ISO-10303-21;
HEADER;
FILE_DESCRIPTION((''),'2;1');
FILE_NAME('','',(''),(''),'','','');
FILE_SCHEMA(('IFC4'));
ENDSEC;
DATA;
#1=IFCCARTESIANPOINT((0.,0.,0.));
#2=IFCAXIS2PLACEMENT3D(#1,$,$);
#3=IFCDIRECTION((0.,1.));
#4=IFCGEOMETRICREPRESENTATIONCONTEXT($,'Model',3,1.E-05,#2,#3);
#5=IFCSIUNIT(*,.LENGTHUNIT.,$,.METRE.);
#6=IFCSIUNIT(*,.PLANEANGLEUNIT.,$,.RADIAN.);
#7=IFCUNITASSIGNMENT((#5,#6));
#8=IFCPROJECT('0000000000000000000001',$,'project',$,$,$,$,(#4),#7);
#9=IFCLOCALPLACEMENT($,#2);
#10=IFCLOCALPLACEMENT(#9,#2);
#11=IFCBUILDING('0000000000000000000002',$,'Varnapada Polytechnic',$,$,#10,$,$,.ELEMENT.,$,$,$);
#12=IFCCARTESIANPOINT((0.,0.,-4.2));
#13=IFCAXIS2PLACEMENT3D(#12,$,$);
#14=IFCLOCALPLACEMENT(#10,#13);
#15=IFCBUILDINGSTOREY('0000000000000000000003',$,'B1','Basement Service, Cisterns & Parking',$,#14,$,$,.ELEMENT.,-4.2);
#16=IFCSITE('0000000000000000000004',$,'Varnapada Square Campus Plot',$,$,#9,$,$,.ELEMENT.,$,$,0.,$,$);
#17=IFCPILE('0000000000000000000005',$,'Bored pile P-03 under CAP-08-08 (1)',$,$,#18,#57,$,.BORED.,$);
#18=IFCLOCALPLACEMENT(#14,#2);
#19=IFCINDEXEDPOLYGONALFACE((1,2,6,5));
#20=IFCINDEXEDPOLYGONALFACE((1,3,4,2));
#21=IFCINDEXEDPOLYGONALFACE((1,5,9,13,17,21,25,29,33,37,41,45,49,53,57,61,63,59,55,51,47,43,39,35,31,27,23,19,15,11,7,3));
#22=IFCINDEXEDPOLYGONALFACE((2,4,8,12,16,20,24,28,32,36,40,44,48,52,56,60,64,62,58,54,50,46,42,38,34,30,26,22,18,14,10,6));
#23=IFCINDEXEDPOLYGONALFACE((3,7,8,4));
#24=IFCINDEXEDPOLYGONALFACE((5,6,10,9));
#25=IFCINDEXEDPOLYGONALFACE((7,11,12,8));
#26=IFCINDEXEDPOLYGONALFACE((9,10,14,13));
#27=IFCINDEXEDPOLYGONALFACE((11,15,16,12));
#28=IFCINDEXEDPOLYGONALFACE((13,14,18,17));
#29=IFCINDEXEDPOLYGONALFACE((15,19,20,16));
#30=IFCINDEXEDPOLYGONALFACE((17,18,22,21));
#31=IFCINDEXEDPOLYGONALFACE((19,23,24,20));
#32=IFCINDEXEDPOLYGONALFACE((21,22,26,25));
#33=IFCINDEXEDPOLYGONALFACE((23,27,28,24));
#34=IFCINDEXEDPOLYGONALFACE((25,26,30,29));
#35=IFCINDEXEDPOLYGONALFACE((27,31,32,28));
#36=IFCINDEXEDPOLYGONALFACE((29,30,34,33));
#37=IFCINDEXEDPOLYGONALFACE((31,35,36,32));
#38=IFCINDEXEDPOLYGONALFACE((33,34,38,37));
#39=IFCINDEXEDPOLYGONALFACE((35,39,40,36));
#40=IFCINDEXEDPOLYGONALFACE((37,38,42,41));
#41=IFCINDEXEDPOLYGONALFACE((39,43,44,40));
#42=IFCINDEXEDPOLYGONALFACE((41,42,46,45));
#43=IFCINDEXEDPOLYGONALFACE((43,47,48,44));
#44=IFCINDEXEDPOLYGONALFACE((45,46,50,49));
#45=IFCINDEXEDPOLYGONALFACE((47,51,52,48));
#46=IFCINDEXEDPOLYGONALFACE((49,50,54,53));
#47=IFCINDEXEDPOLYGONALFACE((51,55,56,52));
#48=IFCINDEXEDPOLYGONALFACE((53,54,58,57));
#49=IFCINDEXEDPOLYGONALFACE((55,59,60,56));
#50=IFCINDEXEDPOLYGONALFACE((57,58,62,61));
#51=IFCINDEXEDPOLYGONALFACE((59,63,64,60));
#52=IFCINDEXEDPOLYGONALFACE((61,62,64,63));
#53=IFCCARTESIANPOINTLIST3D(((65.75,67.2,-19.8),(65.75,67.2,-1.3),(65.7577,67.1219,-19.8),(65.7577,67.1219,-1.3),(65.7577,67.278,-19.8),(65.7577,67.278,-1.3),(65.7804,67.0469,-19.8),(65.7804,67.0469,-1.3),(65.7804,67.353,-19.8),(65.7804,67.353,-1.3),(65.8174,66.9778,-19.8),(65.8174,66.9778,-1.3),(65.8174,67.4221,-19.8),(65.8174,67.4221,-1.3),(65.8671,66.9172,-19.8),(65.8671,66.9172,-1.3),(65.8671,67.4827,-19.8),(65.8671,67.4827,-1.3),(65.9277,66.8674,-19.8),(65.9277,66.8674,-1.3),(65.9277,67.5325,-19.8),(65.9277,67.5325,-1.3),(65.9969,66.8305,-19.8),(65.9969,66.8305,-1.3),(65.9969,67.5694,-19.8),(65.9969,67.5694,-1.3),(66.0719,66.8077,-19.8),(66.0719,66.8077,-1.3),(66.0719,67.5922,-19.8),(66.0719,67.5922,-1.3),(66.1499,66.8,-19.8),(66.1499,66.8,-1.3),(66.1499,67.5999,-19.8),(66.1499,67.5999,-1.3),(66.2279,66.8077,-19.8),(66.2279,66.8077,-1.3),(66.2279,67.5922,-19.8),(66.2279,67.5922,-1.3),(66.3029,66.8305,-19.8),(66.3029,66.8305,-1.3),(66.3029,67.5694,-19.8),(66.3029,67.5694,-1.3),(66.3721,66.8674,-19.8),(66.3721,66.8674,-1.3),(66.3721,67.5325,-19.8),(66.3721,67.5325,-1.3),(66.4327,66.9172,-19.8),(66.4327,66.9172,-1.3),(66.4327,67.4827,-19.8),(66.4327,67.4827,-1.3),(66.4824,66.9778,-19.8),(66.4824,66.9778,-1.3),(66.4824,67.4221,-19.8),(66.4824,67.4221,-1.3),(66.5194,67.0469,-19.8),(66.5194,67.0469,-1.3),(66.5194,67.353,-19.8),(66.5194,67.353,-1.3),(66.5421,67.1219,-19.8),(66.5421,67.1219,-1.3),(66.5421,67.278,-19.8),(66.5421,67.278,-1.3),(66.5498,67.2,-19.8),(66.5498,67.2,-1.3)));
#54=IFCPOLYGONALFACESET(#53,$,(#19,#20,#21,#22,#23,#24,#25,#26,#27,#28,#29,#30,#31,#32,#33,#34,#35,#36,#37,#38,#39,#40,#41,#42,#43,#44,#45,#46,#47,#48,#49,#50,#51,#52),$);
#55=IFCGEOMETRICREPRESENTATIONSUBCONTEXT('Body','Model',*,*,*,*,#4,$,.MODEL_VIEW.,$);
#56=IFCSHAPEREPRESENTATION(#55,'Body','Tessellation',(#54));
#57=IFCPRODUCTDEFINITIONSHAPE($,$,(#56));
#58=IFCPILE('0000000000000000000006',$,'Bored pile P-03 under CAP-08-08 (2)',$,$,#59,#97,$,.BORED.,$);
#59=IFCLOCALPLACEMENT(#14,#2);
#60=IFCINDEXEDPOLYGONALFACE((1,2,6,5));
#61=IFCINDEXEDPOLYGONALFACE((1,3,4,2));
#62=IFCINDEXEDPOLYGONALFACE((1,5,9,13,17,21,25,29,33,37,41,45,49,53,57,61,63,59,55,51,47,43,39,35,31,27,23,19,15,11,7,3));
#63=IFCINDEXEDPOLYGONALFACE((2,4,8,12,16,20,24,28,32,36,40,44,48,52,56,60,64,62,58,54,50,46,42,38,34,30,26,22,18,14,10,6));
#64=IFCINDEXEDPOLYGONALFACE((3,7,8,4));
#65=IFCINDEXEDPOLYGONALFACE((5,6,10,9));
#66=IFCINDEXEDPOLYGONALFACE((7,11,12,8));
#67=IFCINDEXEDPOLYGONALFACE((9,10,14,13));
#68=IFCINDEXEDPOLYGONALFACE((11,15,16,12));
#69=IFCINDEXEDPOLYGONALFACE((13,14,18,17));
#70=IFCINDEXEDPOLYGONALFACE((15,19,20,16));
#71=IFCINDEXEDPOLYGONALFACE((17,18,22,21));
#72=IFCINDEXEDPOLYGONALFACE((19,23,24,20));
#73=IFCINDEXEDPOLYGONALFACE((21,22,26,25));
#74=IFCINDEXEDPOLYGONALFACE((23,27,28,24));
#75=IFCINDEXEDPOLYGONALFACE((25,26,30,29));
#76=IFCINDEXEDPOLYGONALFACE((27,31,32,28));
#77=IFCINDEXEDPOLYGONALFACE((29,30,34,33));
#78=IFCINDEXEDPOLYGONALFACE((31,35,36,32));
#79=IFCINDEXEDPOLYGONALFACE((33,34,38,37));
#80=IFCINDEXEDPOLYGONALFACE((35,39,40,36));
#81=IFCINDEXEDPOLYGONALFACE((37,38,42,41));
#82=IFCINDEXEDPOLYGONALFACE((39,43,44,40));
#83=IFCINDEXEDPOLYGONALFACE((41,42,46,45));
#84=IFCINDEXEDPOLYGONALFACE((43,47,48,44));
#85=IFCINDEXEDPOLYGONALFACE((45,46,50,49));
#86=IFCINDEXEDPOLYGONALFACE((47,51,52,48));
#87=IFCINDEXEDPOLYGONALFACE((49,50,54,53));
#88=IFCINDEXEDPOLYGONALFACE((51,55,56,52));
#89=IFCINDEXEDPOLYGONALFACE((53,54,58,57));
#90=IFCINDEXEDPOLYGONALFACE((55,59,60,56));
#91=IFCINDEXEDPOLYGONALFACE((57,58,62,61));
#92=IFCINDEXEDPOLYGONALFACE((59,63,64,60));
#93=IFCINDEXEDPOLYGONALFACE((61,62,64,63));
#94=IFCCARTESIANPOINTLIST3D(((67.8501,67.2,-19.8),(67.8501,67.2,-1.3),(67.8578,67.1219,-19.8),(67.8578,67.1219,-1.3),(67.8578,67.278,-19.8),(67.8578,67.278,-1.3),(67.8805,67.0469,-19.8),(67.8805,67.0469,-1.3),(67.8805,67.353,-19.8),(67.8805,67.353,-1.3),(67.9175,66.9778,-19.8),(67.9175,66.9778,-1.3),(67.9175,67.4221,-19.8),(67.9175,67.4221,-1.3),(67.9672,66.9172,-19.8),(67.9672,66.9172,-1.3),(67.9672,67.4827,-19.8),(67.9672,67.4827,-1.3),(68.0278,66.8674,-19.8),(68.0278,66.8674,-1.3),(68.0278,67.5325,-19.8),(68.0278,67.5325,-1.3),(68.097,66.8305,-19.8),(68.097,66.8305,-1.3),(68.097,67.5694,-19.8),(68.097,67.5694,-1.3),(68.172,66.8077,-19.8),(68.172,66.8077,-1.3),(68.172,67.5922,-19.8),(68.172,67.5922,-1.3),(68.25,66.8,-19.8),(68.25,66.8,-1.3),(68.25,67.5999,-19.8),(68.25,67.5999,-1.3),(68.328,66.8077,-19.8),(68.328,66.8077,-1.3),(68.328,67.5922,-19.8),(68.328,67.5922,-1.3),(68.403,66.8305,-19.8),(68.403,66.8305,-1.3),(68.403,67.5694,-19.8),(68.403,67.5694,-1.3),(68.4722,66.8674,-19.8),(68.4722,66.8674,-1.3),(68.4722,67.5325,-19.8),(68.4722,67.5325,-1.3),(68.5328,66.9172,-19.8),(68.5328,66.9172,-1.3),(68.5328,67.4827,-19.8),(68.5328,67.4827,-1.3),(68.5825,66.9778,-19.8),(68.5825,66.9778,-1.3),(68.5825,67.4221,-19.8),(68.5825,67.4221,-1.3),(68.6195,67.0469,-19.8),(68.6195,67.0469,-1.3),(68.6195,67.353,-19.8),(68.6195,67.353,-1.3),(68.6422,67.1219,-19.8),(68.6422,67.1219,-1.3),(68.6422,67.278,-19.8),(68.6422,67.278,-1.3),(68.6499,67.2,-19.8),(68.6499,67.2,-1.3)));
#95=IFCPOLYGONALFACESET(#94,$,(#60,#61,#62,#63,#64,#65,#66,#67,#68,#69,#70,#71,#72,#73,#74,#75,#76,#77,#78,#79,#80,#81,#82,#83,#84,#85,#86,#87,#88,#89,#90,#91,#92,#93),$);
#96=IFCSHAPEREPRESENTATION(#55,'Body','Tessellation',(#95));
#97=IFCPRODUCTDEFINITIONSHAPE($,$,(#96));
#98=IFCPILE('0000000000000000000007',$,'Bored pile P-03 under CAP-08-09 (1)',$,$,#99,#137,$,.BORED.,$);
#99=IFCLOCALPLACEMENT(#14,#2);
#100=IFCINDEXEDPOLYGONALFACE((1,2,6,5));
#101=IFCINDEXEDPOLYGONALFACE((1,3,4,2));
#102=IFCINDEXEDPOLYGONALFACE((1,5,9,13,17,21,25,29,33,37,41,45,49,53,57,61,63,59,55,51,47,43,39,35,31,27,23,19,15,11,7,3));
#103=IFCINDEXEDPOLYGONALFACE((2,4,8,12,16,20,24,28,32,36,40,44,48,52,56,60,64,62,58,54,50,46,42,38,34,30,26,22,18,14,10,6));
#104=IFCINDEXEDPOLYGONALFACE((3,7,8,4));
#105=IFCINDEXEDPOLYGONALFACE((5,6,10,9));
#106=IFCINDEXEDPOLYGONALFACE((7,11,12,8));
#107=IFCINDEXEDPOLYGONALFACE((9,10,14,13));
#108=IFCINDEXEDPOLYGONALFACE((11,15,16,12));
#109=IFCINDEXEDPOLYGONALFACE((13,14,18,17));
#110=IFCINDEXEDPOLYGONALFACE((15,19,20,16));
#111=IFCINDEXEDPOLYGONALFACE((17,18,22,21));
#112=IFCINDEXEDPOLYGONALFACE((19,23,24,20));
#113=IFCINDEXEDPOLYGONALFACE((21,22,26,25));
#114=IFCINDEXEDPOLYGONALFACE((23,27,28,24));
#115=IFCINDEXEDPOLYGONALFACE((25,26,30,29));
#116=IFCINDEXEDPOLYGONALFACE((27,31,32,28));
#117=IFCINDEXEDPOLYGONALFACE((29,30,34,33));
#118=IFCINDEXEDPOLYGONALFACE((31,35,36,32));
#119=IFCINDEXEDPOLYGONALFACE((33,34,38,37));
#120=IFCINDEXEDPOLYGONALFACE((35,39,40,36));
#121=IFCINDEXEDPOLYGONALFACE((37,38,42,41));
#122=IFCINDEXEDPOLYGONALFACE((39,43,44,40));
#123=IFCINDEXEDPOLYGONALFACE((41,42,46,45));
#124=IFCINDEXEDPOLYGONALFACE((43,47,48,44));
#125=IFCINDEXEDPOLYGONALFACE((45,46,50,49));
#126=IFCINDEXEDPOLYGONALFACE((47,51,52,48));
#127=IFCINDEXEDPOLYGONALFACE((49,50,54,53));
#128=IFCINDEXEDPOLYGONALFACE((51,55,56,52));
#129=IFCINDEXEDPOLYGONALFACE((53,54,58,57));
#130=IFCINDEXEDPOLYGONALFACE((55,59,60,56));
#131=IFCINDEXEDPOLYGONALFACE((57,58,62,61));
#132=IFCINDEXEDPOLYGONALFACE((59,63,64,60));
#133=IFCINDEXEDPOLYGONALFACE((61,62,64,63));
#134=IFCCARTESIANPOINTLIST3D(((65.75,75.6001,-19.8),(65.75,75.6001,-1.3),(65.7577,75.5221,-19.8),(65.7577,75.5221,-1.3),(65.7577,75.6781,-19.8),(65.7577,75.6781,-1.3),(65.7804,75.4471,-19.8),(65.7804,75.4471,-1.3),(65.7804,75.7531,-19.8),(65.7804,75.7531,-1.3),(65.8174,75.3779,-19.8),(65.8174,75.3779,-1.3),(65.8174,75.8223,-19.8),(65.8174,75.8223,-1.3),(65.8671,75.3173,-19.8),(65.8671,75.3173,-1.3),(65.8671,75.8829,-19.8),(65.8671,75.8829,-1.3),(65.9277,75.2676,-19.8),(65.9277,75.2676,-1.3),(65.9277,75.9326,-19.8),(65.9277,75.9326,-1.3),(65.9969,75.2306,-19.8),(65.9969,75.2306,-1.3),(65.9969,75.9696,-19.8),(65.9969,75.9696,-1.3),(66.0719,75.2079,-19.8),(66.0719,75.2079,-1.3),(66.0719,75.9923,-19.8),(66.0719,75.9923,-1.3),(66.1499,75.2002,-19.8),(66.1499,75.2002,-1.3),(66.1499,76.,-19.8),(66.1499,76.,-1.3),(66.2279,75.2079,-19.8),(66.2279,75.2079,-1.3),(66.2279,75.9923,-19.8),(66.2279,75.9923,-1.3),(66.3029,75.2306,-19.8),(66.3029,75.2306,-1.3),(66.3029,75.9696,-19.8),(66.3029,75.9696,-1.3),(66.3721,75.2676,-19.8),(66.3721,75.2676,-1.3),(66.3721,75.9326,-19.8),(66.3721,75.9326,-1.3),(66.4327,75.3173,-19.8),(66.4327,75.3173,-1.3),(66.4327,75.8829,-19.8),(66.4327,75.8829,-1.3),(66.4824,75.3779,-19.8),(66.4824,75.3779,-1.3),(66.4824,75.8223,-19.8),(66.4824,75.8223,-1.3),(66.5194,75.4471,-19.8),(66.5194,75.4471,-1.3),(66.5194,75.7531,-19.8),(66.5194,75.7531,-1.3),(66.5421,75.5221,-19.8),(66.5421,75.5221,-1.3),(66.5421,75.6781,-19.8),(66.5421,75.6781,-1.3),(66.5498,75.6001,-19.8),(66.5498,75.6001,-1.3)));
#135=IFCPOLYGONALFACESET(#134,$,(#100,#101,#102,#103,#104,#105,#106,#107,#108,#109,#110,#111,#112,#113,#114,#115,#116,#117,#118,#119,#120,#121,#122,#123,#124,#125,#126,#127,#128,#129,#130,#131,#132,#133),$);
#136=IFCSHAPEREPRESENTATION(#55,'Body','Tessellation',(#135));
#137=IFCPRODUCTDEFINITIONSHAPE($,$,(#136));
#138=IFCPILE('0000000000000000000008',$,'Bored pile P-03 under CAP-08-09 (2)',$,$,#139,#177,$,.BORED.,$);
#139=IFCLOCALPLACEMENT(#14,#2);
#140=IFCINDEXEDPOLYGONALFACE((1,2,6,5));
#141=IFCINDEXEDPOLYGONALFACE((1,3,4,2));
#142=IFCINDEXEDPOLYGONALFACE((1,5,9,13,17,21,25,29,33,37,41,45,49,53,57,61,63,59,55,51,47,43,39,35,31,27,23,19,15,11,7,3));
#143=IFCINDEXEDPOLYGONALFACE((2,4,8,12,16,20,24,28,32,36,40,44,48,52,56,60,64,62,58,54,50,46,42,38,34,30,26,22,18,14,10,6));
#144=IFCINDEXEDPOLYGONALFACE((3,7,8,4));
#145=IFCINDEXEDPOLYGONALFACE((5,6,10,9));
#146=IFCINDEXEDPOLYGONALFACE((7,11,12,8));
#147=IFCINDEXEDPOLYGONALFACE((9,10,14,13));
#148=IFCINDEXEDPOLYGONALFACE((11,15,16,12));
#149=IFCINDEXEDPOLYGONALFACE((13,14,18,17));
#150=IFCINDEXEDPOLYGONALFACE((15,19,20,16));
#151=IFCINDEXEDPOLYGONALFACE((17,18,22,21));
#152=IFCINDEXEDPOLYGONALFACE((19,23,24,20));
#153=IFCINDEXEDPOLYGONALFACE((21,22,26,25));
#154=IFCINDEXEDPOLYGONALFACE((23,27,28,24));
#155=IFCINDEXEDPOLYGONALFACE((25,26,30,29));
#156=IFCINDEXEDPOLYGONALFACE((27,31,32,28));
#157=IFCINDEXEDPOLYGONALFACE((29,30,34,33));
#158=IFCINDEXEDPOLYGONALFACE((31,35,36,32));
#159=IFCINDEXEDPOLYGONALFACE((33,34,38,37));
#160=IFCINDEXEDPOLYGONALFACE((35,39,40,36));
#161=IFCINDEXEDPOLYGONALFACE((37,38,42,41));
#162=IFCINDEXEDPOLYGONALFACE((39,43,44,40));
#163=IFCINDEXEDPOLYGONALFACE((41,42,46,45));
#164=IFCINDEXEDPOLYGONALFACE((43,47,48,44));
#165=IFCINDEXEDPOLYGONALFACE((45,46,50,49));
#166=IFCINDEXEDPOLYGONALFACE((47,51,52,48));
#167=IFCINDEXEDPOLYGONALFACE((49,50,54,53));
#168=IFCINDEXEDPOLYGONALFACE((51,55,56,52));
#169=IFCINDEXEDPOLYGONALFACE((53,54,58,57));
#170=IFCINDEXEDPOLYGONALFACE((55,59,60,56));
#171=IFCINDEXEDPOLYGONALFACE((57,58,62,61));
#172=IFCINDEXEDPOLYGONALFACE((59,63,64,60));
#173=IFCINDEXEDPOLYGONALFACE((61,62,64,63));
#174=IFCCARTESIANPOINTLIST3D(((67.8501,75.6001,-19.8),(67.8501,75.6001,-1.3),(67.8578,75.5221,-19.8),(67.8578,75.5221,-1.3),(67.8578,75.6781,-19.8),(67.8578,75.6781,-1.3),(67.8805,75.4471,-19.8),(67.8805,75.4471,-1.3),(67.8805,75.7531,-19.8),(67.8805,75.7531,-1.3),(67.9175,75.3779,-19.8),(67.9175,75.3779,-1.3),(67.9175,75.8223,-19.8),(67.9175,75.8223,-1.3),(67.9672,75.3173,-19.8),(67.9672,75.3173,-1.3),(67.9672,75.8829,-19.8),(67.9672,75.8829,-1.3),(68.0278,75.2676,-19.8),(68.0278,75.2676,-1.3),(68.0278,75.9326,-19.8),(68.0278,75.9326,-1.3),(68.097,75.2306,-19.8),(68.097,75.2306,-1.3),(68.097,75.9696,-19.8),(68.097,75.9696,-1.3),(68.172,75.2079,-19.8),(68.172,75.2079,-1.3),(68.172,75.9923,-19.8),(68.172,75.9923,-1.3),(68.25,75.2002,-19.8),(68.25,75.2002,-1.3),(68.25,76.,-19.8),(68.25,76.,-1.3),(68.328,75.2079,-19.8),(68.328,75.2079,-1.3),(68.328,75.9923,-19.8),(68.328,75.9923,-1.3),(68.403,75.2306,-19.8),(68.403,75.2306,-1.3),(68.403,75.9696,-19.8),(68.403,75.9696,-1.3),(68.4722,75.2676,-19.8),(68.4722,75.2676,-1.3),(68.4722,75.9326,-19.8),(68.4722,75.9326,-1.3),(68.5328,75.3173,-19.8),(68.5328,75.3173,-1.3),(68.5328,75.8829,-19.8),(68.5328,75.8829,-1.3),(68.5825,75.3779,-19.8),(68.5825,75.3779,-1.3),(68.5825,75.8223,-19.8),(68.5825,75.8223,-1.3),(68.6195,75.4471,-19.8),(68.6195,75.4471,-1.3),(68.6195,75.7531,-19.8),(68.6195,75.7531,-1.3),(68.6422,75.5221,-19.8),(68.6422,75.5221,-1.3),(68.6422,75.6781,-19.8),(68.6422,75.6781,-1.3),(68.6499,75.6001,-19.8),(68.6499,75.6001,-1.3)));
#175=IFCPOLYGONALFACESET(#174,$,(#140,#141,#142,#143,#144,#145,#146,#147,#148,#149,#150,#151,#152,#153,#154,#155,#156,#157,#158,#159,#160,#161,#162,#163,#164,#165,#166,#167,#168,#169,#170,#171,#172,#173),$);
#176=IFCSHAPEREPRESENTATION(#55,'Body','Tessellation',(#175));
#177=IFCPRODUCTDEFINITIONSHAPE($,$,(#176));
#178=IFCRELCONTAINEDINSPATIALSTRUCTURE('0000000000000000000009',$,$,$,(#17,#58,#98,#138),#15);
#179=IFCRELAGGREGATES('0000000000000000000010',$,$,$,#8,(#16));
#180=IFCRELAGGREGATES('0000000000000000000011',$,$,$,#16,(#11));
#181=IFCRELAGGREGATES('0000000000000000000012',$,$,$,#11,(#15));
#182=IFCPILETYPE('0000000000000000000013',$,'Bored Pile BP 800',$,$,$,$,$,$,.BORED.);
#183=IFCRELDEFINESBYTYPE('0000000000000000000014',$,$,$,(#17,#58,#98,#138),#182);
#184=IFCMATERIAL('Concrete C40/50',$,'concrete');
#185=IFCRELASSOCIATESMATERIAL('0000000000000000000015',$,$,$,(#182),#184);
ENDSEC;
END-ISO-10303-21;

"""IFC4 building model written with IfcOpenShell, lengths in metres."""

from ifc_helpers import new_model, si_unit, direction, frame, origin, origin_2d, place, context, subcontext, project, spatial, circle, extrude, material, material_profile, profile_set, type_object, element, save


model = new_model("IFC4")

# Units and contexts
model_context = context("Model", 3, precision=1e-05, world=origin(), true_north=direction((0.0, 1.0)))
body_context = subcontext(model_context, "Body", "Model", "MODEL_VIEW")
ifc_project = project(units=[si_unit("LENGTHUNIT", "METRE"), si_unit("PLANEANGLEUNIT", "RADIAN")], contexts=[model_context])

# Site, building, storey
site_placement = place(None, origin())
site = spatial("IfcSite", under=ifc_project, at=site_placement, Name="Varnapada Square Campus Plot", CompositionType="ELEMENT", RefElevation=0.0)
building_placement = place(site_placement, origin())
building = spatial("IfcBuilding", under=site, at=building_placement, Name="Varnapada Polytechnic", CompositionType="ELEMENT")
storey_placement = place(building_placement, frame((0.0, 0.0, -4.2)))
storey = spatial("IfcBuildingStorey", under=building, at=storey_placement, Name="B1", Description="Basement Service, Cisterns & Parking", CompositionType="ELEMENT", Elevation=-4.2)

# Piles
ifc_material = material(Name="Concrete C40/50", Category="concrete")
ifc_material_profile_1 = material_profile(ifc_material, circle(Radius=0.3999, at=origin_2d()), Name="BP 800")
ifc_profile_set_1 = profile_set([ifc_material_profile_1], Name="Concrete C40/50")
pile_type_1 = type_object("IfcPileType", Name="Bored Pile BP 800", PredefinedType="BORED", material=ifc_profile_set_1)
for number, where, z_axis, x_axis, name in (
    (1, (66.1499, 67.2, -1.3), (0.0, 0.0, -1.0), (1.0, 0.0, 0.0), "Bored pile P-03 under CAP-08-08 (1)"),
    (2, (68.25, 67.2, -1.3), (0.0, 0.0, -1.0), (1.0, 0.0, 0.0), "Bored pile P-03 under CAP-08-08 (2)"),
    (3, (66.1499, 75.6001, -1.3), (0.0, 0.0, -1.0), (1.0, 0.0, 0.0), "Bored pile P-03 under CAP-08-09 (1)"),
    (4, (68.25, 75.6001, -1.3), (0.0, 0.0, -1.0), (1.0, 0.0, 0.0), "Bored pile P-03 under CAP-08-09 (2)"),
):
    element("IfcPile", number, at=place(storey_placement, frame(where, z_axis=z_axis, x_axis=x_axis)), inside=storey, type_object=pile_type_1, Name=name, PredefinedType="BORED", context=body_context, shape_type="SweptSolid", body=[
        extrude(circle(Radius=0.3999, at=origin_2d()), origin(), (0.0, 0.0, 1.0), 18.5),
    ])

save(model, "model.ifc")
